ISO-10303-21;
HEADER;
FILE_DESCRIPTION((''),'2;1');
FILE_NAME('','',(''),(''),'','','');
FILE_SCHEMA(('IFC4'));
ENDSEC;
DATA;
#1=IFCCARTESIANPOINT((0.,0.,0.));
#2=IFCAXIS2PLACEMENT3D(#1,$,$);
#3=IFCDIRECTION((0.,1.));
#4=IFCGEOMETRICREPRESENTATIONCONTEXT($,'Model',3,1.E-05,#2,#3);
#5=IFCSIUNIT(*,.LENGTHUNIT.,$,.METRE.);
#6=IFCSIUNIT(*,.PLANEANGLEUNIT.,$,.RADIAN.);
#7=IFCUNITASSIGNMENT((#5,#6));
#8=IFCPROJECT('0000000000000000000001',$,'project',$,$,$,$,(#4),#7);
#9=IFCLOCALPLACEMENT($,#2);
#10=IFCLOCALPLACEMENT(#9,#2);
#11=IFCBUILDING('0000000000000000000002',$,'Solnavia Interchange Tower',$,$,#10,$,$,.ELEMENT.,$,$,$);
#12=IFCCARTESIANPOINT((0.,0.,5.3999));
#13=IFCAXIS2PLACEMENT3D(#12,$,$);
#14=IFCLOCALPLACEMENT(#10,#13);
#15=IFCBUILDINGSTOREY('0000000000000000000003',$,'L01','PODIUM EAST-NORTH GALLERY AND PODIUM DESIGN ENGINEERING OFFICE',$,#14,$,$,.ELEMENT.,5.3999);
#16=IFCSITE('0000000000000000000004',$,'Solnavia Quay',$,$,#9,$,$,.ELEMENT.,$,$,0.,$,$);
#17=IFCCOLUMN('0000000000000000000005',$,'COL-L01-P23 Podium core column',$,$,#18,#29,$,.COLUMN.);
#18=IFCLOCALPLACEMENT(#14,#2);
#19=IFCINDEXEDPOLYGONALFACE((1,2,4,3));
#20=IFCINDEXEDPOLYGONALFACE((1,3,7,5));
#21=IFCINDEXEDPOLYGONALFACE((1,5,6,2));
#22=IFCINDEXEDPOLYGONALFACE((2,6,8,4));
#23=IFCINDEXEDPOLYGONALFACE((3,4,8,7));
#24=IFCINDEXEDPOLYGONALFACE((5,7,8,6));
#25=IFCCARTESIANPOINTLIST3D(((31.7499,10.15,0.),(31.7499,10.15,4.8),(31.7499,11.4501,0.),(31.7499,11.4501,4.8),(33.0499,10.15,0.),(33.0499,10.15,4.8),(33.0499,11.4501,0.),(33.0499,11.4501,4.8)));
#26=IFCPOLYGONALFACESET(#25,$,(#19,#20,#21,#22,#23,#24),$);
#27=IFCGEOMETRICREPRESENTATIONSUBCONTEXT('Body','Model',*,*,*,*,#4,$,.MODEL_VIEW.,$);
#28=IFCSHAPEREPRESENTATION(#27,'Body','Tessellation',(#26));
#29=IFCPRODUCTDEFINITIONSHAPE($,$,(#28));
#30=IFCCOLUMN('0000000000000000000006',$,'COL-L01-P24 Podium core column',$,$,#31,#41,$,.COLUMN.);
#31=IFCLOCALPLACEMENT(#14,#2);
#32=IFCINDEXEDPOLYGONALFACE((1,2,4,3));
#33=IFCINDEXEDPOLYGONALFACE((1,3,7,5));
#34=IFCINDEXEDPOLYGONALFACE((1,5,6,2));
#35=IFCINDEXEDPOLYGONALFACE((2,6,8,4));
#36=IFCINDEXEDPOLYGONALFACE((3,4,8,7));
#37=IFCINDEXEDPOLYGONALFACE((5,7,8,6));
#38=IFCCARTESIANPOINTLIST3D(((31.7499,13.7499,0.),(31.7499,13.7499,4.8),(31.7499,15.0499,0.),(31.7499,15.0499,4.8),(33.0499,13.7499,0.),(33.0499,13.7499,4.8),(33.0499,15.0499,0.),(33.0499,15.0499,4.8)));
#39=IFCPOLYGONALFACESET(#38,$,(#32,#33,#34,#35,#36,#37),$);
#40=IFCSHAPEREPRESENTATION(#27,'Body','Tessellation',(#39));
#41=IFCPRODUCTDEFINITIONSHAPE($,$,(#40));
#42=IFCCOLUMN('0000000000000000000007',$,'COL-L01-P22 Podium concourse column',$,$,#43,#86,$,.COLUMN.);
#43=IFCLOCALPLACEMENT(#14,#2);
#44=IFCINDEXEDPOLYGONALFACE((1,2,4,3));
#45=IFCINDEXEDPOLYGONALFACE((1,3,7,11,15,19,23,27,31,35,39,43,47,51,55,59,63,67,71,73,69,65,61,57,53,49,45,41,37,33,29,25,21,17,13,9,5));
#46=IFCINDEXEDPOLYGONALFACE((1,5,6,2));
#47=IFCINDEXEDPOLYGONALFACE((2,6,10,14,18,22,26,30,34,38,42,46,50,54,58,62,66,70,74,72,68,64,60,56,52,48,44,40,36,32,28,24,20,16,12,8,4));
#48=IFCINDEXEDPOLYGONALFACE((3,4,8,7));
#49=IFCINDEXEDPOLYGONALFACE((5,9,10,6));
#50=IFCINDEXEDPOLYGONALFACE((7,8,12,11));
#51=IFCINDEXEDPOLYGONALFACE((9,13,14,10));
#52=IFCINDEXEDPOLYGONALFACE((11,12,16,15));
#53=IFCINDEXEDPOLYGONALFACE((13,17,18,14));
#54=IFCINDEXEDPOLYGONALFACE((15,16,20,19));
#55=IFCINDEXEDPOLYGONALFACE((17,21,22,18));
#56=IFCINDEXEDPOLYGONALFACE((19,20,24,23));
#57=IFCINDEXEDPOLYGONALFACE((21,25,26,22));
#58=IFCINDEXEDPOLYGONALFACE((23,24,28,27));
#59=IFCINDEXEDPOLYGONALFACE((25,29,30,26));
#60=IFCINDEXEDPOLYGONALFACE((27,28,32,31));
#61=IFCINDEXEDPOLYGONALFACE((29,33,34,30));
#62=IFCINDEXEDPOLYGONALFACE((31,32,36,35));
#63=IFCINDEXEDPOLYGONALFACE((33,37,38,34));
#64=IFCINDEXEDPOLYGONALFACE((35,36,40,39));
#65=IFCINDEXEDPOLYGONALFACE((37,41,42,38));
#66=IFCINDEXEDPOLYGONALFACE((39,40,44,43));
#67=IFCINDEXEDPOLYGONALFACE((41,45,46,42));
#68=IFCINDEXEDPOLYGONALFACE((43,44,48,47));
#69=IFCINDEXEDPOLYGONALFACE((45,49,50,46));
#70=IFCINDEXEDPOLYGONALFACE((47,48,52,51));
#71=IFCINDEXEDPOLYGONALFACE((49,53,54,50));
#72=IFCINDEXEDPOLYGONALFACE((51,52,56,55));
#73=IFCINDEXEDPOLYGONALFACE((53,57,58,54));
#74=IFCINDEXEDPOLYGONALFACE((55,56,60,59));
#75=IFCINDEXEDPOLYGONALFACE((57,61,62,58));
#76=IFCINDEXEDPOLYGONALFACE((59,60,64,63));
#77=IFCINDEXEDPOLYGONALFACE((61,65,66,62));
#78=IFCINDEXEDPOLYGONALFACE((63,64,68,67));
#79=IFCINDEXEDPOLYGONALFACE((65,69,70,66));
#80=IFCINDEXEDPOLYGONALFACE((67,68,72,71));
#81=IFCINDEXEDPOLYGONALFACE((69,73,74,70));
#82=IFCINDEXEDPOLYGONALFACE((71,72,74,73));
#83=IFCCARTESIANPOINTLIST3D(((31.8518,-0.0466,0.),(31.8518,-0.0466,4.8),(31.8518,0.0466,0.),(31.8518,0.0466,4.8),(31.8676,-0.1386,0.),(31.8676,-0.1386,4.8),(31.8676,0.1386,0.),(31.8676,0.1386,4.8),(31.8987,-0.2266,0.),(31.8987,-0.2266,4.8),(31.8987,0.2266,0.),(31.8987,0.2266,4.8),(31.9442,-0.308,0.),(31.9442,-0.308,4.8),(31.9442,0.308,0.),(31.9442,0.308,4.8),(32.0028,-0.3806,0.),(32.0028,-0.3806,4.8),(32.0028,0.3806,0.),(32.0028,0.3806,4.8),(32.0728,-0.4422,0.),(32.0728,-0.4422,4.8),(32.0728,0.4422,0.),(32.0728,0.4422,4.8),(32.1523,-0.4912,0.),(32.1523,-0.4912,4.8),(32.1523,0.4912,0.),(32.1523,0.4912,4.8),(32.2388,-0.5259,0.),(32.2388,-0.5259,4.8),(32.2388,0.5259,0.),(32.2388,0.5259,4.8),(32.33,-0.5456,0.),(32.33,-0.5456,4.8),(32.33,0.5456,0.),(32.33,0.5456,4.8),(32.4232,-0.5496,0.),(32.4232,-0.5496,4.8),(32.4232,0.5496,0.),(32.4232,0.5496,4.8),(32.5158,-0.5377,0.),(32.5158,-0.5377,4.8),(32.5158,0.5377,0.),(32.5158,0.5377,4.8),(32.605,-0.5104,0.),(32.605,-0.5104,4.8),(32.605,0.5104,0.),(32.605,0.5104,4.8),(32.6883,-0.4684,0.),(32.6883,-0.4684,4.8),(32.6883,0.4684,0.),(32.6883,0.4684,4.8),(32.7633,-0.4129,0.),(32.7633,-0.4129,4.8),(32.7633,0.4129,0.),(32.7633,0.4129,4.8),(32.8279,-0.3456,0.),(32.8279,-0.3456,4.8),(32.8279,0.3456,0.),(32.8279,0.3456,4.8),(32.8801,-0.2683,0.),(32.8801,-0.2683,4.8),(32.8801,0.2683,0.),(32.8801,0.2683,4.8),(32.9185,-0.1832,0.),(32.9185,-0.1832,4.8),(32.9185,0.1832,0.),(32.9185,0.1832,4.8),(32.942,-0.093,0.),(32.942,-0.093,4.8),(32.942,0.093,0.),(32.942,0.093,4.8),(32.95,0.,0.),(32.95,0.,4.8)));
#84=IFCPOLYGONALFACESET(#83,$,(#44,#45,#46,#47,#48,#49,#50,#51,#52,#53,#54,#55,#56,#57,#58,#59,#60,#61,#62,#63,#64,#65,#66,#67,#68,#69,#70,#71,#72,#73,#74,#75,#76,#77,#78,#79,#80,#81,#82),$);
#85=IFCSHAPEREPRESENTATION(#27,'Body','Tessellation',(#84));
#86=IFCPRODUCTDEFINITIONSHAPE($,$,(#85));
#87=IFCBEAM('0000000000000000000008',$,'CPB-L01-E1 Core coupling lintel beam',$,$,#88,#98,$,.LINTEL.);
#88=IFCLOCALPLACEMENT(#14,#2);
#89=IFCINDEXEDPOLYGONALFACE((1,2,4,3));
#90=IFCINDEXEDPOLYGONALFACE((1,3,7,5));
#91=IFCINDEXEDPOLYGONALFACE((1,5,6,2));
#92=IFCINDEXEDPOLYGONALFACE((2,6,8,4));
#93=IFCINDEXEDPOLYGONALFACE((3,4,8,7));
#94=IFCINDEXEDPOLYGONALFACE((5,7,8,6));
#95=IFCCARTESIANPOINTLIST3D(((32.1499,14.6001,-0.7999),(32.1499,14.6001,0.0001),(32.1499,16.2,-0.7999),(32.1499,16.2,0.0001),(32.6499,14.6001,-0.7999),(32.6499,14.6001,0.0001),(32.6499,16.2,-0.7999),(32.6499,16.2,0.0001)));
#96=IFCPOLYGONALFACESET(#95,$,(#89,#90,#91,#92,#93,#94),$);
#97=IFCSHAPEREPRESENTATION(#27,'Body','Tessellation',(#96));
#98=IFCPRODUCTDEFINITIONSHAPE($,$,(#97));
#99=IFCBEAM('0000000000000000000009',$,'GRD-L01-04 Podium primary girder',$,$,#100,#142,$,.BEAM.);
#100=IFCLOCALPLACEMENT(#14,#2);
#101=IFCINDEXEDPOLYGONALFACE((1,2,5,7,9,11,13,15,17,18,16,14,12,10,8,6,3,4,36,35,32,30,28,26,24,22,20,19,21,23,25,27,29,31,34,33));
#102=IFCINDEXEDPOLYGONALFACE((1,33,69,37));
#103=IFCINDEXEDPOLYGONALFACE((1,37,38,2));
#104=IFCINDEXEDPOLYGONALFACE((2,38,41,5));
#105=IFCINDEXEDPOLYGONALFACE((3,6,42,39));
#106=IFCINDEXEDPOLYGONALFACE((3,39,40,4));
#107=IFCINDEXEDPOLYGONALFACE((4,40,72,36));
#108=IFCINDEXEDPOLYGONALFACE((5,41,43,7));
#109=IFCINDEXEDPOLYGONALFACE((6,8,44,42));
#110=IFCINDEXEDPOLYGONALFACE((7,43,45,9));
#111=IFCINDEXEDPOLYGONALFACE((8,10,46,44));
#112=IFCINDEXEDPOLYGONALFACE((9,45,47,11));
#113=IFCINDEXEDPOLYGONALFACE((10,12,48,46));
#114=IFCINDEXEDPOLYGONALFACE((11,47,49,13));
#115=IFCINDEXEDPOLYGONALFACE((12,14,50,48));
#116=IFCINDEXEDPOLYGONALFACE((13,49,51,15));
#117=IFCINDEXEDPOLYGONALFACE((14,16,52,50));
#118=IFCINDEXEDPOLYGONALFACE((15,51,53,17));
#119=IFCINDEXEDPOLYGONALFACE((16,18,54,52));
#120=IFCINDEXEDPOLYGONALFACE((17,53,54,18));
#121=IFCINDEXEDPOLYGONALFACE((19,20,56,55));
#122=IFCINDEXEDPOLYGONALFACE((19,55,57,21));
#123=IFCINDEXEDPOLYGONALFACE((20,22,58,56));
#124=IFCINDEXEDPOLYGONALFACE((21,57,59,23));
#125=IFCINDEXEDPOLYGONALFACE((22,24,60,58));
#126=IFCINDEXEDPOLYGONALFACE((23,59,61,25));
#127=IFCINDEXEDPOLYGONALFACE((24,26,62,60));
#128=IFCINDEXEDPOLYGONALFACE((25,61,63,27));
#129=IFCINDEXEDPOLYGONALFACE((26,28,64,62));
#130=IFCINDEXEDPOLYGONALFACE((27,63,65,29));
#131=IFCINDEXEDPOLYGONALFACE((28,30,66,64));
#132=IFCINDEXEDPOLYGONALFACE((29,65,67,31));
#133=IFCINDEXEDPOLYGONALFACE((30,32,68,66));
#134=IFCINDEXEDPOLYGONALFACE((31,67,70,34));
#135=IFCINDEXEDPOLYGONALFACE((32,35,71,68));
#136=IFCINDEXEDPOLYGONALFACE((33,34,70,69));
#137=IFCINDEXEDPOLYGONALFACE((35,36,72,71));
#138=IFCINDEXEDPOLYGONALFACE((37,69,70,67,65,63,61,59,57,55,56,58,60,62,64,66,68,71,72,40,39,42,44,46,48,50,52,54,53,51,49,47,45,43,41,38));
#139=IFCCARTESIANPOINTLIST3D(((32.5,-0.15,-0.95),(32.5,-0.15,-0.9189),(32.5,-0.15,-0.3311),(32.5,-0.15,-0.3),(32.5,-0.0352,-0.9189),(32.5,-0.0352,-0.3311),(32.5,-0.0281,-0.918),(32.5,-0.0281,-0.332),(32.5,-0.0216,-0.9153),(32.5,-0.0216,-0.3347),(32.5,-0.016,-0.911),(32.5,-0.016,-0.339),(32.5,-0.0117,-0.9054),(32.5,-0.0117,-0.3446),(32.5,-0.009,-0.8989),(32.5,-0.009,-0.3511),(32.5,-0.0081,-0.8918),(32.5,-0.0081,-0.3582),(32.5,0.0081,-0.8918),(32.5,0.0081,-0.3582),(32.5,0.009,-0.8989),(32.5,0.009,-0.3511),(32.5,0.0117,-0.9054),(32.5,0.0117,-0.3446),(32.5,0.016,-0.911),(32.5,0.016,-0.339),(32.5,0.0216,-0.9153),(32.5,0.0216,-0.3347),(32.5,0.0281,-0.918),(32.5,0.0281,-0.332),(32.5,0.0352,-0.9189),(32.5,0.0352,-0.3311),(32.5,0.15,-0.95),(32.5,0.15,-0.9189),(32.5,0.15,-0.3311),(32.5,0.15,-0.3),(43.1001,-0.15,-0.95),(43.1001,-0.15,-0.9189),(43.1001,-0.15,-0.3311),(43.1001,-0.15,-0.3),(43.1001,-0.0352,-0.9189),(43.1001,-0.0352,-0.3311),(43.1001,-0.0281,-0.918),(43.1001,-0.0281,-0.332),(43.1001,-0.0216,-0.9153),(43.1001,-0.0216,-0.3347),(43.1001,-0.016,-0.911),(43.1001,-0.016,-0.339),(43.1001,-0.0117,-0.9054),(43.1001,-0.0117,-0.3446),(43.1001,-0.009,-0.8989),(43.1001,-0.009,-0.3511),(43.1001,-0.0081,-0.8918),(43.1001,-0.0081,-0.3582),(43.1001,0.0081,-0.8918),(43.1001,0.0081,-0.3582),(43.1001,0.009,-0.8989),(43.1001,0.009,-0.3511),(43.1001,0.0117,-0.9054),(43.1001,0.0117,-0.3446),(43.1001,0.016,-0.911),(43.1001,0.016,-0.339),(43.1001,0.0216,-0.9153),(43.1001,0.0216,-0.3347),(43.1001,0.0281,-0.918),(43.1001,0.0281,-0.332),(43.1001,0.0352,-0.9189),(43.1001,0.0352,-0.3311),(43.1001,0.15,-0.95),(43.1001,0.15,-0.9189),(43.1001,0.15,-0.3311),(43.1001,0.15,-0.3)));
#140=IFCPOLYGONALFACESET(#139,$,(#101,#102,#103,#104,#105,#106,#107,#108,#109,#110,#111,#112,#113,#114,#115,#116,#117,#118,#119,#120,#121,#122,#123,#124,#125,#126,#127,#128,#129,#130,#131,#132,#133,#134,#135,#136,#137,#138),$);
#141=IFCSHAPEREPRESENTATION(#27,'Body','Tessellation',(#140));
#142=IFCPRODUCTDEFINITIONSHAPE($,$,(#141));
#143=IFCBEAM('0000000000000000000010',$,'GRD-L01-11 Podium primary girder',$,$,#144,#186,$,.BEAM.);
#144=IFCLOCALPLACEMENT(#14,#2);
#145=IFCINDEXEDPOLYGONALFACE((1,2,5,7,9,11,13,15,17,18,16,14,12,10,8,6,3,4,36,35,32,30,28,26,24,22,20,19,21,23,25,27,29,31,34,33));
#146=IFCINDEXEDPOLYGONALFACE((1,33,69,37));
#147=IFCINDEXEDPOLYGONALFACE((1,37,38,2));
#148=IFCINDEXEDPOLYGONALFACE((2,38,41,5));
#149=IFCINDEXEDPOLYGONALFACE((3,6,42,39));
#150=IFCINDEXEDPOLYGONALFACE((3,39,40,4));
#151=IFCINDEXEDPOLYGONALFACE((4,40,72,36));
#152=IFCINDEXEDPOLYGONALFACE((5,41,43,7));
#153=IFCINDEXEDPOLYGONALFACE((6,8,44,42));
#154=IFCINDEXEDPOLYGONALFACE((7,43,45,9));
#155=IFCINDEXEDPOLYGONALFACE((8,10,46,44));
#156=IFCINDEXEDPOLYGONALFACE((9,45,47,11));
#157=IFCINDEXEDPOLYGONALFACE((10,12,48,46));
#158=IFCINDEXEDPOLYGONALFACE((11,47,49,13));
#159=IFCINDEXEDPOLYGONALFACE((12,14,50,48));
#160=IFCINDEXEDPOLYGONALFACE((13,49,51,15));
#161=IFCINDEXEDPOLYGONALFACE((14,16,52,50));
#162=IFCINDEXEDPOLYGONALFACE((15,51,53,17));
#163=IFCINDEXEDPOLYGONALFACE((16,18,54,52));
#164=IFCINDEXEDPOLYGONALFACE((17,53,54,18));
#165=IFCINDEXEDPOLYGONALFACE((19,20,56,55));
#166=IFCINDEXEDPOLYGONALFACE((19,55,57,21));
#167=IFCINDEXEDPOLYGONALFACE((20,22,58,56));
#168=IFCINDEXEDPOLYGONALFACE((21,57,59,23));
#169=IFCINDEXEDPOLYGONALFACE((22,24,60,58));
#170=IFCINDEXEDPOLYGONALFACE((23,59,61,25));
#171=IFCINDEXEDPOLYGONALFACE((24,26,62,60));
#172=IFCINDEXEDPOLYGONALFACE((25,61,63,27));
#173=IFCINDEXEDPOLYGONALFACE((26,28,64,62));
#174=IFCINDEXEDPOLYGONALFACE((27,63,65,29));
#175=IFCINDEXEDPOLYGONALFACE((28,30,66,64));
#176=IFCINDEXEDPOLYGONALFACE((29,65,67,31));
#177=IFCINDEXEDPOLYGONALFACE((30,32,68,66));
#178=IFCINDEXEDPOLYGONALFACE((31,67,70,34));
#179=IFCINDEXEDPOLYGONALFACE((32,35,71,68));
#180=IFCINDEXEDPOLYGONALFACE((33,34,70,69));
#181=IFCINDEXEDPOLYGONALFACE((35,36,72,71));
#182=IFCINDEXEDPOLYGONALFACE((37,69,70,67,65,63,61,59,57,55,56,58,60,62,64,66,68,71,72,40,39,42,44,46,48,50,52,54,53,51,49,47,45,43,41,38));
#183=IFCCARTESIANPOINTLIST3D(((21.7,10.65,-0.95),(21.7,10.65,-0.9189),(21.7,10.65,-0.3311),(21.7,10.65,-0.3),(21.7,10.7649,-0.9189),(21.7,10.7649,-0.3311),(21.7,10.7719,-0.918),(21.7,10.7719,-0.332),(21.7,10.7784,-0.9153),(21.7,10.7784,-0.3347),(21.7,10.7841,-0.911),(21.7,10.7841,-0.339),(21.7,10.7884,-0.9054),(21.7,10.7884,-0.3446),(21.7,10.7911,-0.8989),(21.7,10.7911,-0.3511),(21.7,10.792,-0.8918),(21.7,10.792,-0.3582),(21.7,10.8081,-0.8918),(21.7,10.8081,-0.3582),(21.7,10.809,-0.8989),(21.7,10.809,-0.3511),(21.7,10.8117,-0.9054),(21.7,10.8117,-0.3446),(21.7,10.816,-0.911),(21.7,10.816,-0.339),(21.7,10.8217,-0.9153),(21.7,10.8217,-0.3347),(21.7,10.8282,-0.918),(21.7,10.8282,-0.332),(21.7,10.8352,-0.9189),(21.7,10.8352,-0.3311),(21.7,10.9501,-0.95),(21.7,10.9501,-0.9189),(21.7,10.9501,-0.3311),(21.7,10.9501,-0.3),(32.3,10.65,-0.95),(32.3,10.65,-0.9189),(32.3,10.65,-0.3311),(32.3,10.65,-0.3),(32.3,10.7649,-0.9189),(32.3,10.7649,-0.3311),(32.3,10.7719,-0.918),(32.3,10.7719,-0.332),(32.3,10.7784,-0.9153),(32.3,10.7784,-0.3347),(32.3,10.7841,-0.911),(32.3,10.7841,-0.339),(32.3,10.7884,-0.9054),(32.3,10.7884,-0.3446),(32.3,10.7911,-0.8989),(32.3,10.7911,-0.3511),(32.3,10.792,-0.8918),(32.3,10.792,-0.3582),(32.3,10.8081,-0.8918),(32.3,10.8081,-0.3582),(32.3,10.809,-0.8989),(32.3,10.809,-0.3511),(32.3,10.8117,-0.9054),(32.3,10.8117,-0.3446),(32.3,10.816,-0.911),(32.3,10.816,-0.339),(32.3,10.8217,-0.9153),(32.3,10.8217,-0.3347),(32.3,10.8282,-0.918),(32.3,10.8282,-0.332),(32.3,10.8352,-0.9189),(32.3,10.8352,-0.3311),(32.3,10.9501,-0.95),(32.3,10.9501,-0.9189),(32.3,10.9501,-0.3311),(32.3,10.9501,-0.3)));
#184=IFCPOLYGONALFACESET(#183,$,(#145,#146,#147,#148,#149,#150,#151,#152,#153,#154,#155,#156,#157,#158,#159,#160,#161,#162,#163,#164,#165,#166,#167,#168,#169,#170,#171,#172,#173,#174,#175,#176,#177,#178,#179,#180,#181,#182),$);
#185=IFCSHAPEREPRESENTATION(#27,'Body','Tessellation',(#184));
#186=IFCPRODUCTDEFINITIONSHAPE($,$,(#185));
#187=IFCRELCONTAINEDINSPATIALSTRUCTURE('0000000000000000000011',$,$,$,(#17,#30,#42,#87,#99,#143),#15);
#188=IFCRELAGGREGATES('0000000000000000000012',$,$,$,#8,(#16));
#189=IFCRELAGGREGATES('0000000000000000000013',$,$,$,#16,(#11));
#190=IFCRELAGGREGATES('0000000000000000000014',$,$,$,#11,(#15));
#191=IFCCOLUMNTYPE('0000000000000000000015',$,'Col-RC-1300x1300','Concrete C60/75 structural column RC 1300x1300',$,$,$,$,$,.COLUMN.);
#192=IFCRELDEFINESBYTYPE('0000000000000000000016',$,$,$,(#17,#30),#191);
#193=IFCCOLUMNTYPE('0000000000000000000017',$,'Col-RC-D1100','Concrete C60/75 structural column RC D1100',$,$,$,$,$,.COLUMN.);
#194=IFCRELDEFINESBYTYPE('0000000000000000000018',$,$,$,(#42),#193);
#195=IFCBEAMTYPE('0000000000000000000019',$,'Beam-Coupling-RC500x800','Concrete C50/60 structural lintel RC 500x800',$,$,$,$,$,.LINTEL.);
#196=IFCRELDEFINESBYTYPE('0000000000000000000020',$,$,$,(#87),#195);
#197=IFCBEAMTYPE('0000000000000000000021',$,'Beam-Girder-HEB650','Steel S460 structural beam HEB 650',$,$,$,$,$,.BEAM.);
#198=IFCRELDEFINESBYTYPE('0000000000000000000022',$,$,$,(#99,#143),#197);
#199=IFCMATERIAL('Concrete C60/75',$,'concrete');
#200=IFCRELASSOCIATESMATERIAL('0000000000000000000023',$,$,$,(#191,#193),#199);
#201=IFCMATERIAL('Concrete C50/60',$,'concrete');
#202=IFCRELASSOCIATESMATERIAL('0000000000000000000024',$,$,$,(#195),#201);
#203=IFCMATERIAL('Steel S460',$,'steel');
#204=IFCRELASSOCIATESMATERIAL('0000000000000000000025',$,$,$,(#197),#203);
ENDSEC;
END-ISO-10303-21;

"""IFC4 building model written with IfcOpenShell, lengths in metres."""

from ifc_helpers import new_model, si_unit, direction, frame, origin, origin_2d, place, context, subcontext, project, spatial, rectangle, circle, i_section, extrude, material, material_profile, profile_set, type_object, element, save


model = new_model("IFC4")

# Units and contexts
model_context = context("Model", 3, precision=1e-05, world=origin(), true_north=direction((0.0, 1.0)))
body_context = subcontext(model_context, "Body", "Model", "MODEL_VIEW")
ifc_project = project(units=[si_unit("LENGTHUNIT", "METRE"), si_unit("PLANEANGLEUNIT", "RADIAN")], contexts=[model_context])

# Site, building, storey
site_placement = place(None, origin())
site = spatial("IfcSite", under=ifc_project, at=site_placement, Name="Solnavia Quay", CompositionType="ELEMENT", RefElevation=0.0)
building_placement = place(site_placement, origin())
building = spatial("IfcBuilding", under=site, at=building_placement, Name="Solnavia Interchange Tower", CompositionType="ELEMENT")
storey_placement = place(building_placement, frame((0.0, 0.0, 5.3999)))
storey = spatial("IfcBuildingStorey", under=building, at=storey_placement, Name="L01", Description="PODIUM EAST-NORTH GALLERY AND PODIUM DESIGN ENGINEERING OFFICE", CompositionType="ELEMENT", Elevation=5.3999)

# Columns
ifc_material_1 = material(Name="Concrete C60/75", Category="concrete")
ifc_material_profile_1 = material_profile(ifc_material_1, rectangle(XDim=1.3, YDim=1.3, at=origin_2d()), Name="RC 1300x1300")
ifc_profile_set_1 = profile_set([ifc_material_profile_1], Name="Concrete C60/75")
column_type_1 = type_object("IfcColumnType", Name="Col-RC-1300x1300", Description="Concrete C60/75 structural column RC 1300x1300", PredefinedType="COLUMN", material=ifc_profile_set_1)
for number, where, z_axis, x_axis, name in (
    (1, (32.3999, 10.8, 0.0), (0.0, 0.0, 1.0), (1.0, 0.0, 0.0), "COL-L01-P23 Podium core column"),
    (2, (32.3999, 14.3999, 0.0), (0.0, 0.0, 1.0), (1.0, 0.0, 0.0), "COL-L01-P24 Podium core column"),
):
    element("IfcColumn", number, at=place(storey_placement, frame(where, z_axis=z_axis, x_axis=x_axis)), inside=storey, type_object=column_type_1, Name=name, PredefinedType="COLUMN", context=body_context, shape_type="SweptSolid", body=[
        extrude(rectangle(XDim=1.3, YDim=1.3, at=origin_2d()), origin(), (0.0, 0.0, 1.0), 4.8),
    ])
ifc_material_profile_2 = material_profile(ifc_material_1, circle(Radius=0.55, at=origin_2d()), Name="RC D1100")
ifc_profile_set_2 = profile_set([ifc_material_profile_2], Name="Concrete C60/75")
column_type_2 = type_object("IfcColumnType", Name="Col-RC-D1100", Description="Concrete C60/75 structural column RC D1100", PredefinedType="COLUMN", material=ifc_profile_set_2)
column_placement = place(storey_placement, frame((32.3999, 0.0, 0.0), z_axis=(0.0, 0.0, 1.0), x_axis=(1.0, 0.0, 0.0)))
element("IfcColumn", 3, at=column_placement, inside=storey, type_object=column_type_2, Name="COL-L01-P22 Podium concourse column", PredefinedType="COLUMN", context=body_context, shape_type="SweptSolid", body=[
    extrude(circle(Radius=0.55, at=origin_2d()), origin(), (0.0, 0.0, 1.0), 4.8),
])

# Beams
ifc_material_2 = material(Name="Concrete C50/60", Category="concrete")
ifc_material_profile_3 = material_profile(ifc_material_2, rectangle(XDim=0.5, YDim=0.8, at=origin_2d()), Name="RC 500x800")
ifc_profile_set_3 = profile_set([ifc_material_profile_3], Name="Concrete C50/60")
beam_type_1 = type_object("IfcBeamType", Name="Beam-Coupling-RC500x800", Description="Concrete C50/60 structural lintel RC 500x800", PredefinedType="LINTEL", material=ifc_profile_set_3)
beam_1_placement = place(storey_placement, frame((32.3999, 14.6001, -0.3999), z_axis=(0.0, 1.0, 0.0), x_axis=(-1.0, 0.0, 0.0)))
element("IfcBeam", 4, at=beam_1_placement, inside=storey, type_object=beam_type_1, Name="CPB-L01-E1 Core coupling lintel beam", PredefinedType="LINTEL", context=body_context, shape_type="SweptSolid", body=[
    extrude(rectangle(XDim=0.5, YDim=0.8, at=origin_2d()), origin(), (0.0, 0.0, 1.0), 1.5999),
])
ifc_material_3 = material(Name="Steel S460", Category="steel")
ifc_material_profile_4 = material_profile(ifc_material_3, i_section(OverallWidth=0.3, OverallDepth=0.6499, WebThickness=0.0161, FlangeThickness=0.031, FilletRadius=0.0271, at=origin_2d()), Name="HEB 650")
ifc_profile_set_4 = profile_set([ifc_material_profile_4], Name="Steel S460")
beam_type_2 = type_object("IfcBeamType", Name="Beam-Girder-HEB650", Description="Steel S460 structural beam HEB 650", PredefinedType="BEAM", material=ifc_profile_set_4)
for number, where, z_axis, x_axis, name in (
    (5, (32.5, 0.0, -0.625), (1.0, 0.0, 0.0), (0.0, 1.0, 0.0), "GRD-L01-04 Podium primary girder"),
    (6, (21.7, 10.8, -0.625), (1.0, 0.0, 0.0), (0.0, 1.0, 0.0), "GRD-L01-11 Podium primary girder"),
):
    element("IfcBeam", number, at=place(storey_placement, frame(where, z_axis=z_axis, x_axis=x_axis)), inside=storey, type_object=beam_type_2, Name=name, PredefinedType="BEAM", context=body_context, shape_type="SweptSolid", body=[
        extrude(i_section(OverallWidth=0.3, OverallDepth=0.6499, WebThickness=0.0161, FlangeThickness=0.031, FilletRadius=0.0271, at=origin_2d()), origin(), (0.0, 0.0, 1.0), 10.6001),
    ])

save(model, "model.ifc")
